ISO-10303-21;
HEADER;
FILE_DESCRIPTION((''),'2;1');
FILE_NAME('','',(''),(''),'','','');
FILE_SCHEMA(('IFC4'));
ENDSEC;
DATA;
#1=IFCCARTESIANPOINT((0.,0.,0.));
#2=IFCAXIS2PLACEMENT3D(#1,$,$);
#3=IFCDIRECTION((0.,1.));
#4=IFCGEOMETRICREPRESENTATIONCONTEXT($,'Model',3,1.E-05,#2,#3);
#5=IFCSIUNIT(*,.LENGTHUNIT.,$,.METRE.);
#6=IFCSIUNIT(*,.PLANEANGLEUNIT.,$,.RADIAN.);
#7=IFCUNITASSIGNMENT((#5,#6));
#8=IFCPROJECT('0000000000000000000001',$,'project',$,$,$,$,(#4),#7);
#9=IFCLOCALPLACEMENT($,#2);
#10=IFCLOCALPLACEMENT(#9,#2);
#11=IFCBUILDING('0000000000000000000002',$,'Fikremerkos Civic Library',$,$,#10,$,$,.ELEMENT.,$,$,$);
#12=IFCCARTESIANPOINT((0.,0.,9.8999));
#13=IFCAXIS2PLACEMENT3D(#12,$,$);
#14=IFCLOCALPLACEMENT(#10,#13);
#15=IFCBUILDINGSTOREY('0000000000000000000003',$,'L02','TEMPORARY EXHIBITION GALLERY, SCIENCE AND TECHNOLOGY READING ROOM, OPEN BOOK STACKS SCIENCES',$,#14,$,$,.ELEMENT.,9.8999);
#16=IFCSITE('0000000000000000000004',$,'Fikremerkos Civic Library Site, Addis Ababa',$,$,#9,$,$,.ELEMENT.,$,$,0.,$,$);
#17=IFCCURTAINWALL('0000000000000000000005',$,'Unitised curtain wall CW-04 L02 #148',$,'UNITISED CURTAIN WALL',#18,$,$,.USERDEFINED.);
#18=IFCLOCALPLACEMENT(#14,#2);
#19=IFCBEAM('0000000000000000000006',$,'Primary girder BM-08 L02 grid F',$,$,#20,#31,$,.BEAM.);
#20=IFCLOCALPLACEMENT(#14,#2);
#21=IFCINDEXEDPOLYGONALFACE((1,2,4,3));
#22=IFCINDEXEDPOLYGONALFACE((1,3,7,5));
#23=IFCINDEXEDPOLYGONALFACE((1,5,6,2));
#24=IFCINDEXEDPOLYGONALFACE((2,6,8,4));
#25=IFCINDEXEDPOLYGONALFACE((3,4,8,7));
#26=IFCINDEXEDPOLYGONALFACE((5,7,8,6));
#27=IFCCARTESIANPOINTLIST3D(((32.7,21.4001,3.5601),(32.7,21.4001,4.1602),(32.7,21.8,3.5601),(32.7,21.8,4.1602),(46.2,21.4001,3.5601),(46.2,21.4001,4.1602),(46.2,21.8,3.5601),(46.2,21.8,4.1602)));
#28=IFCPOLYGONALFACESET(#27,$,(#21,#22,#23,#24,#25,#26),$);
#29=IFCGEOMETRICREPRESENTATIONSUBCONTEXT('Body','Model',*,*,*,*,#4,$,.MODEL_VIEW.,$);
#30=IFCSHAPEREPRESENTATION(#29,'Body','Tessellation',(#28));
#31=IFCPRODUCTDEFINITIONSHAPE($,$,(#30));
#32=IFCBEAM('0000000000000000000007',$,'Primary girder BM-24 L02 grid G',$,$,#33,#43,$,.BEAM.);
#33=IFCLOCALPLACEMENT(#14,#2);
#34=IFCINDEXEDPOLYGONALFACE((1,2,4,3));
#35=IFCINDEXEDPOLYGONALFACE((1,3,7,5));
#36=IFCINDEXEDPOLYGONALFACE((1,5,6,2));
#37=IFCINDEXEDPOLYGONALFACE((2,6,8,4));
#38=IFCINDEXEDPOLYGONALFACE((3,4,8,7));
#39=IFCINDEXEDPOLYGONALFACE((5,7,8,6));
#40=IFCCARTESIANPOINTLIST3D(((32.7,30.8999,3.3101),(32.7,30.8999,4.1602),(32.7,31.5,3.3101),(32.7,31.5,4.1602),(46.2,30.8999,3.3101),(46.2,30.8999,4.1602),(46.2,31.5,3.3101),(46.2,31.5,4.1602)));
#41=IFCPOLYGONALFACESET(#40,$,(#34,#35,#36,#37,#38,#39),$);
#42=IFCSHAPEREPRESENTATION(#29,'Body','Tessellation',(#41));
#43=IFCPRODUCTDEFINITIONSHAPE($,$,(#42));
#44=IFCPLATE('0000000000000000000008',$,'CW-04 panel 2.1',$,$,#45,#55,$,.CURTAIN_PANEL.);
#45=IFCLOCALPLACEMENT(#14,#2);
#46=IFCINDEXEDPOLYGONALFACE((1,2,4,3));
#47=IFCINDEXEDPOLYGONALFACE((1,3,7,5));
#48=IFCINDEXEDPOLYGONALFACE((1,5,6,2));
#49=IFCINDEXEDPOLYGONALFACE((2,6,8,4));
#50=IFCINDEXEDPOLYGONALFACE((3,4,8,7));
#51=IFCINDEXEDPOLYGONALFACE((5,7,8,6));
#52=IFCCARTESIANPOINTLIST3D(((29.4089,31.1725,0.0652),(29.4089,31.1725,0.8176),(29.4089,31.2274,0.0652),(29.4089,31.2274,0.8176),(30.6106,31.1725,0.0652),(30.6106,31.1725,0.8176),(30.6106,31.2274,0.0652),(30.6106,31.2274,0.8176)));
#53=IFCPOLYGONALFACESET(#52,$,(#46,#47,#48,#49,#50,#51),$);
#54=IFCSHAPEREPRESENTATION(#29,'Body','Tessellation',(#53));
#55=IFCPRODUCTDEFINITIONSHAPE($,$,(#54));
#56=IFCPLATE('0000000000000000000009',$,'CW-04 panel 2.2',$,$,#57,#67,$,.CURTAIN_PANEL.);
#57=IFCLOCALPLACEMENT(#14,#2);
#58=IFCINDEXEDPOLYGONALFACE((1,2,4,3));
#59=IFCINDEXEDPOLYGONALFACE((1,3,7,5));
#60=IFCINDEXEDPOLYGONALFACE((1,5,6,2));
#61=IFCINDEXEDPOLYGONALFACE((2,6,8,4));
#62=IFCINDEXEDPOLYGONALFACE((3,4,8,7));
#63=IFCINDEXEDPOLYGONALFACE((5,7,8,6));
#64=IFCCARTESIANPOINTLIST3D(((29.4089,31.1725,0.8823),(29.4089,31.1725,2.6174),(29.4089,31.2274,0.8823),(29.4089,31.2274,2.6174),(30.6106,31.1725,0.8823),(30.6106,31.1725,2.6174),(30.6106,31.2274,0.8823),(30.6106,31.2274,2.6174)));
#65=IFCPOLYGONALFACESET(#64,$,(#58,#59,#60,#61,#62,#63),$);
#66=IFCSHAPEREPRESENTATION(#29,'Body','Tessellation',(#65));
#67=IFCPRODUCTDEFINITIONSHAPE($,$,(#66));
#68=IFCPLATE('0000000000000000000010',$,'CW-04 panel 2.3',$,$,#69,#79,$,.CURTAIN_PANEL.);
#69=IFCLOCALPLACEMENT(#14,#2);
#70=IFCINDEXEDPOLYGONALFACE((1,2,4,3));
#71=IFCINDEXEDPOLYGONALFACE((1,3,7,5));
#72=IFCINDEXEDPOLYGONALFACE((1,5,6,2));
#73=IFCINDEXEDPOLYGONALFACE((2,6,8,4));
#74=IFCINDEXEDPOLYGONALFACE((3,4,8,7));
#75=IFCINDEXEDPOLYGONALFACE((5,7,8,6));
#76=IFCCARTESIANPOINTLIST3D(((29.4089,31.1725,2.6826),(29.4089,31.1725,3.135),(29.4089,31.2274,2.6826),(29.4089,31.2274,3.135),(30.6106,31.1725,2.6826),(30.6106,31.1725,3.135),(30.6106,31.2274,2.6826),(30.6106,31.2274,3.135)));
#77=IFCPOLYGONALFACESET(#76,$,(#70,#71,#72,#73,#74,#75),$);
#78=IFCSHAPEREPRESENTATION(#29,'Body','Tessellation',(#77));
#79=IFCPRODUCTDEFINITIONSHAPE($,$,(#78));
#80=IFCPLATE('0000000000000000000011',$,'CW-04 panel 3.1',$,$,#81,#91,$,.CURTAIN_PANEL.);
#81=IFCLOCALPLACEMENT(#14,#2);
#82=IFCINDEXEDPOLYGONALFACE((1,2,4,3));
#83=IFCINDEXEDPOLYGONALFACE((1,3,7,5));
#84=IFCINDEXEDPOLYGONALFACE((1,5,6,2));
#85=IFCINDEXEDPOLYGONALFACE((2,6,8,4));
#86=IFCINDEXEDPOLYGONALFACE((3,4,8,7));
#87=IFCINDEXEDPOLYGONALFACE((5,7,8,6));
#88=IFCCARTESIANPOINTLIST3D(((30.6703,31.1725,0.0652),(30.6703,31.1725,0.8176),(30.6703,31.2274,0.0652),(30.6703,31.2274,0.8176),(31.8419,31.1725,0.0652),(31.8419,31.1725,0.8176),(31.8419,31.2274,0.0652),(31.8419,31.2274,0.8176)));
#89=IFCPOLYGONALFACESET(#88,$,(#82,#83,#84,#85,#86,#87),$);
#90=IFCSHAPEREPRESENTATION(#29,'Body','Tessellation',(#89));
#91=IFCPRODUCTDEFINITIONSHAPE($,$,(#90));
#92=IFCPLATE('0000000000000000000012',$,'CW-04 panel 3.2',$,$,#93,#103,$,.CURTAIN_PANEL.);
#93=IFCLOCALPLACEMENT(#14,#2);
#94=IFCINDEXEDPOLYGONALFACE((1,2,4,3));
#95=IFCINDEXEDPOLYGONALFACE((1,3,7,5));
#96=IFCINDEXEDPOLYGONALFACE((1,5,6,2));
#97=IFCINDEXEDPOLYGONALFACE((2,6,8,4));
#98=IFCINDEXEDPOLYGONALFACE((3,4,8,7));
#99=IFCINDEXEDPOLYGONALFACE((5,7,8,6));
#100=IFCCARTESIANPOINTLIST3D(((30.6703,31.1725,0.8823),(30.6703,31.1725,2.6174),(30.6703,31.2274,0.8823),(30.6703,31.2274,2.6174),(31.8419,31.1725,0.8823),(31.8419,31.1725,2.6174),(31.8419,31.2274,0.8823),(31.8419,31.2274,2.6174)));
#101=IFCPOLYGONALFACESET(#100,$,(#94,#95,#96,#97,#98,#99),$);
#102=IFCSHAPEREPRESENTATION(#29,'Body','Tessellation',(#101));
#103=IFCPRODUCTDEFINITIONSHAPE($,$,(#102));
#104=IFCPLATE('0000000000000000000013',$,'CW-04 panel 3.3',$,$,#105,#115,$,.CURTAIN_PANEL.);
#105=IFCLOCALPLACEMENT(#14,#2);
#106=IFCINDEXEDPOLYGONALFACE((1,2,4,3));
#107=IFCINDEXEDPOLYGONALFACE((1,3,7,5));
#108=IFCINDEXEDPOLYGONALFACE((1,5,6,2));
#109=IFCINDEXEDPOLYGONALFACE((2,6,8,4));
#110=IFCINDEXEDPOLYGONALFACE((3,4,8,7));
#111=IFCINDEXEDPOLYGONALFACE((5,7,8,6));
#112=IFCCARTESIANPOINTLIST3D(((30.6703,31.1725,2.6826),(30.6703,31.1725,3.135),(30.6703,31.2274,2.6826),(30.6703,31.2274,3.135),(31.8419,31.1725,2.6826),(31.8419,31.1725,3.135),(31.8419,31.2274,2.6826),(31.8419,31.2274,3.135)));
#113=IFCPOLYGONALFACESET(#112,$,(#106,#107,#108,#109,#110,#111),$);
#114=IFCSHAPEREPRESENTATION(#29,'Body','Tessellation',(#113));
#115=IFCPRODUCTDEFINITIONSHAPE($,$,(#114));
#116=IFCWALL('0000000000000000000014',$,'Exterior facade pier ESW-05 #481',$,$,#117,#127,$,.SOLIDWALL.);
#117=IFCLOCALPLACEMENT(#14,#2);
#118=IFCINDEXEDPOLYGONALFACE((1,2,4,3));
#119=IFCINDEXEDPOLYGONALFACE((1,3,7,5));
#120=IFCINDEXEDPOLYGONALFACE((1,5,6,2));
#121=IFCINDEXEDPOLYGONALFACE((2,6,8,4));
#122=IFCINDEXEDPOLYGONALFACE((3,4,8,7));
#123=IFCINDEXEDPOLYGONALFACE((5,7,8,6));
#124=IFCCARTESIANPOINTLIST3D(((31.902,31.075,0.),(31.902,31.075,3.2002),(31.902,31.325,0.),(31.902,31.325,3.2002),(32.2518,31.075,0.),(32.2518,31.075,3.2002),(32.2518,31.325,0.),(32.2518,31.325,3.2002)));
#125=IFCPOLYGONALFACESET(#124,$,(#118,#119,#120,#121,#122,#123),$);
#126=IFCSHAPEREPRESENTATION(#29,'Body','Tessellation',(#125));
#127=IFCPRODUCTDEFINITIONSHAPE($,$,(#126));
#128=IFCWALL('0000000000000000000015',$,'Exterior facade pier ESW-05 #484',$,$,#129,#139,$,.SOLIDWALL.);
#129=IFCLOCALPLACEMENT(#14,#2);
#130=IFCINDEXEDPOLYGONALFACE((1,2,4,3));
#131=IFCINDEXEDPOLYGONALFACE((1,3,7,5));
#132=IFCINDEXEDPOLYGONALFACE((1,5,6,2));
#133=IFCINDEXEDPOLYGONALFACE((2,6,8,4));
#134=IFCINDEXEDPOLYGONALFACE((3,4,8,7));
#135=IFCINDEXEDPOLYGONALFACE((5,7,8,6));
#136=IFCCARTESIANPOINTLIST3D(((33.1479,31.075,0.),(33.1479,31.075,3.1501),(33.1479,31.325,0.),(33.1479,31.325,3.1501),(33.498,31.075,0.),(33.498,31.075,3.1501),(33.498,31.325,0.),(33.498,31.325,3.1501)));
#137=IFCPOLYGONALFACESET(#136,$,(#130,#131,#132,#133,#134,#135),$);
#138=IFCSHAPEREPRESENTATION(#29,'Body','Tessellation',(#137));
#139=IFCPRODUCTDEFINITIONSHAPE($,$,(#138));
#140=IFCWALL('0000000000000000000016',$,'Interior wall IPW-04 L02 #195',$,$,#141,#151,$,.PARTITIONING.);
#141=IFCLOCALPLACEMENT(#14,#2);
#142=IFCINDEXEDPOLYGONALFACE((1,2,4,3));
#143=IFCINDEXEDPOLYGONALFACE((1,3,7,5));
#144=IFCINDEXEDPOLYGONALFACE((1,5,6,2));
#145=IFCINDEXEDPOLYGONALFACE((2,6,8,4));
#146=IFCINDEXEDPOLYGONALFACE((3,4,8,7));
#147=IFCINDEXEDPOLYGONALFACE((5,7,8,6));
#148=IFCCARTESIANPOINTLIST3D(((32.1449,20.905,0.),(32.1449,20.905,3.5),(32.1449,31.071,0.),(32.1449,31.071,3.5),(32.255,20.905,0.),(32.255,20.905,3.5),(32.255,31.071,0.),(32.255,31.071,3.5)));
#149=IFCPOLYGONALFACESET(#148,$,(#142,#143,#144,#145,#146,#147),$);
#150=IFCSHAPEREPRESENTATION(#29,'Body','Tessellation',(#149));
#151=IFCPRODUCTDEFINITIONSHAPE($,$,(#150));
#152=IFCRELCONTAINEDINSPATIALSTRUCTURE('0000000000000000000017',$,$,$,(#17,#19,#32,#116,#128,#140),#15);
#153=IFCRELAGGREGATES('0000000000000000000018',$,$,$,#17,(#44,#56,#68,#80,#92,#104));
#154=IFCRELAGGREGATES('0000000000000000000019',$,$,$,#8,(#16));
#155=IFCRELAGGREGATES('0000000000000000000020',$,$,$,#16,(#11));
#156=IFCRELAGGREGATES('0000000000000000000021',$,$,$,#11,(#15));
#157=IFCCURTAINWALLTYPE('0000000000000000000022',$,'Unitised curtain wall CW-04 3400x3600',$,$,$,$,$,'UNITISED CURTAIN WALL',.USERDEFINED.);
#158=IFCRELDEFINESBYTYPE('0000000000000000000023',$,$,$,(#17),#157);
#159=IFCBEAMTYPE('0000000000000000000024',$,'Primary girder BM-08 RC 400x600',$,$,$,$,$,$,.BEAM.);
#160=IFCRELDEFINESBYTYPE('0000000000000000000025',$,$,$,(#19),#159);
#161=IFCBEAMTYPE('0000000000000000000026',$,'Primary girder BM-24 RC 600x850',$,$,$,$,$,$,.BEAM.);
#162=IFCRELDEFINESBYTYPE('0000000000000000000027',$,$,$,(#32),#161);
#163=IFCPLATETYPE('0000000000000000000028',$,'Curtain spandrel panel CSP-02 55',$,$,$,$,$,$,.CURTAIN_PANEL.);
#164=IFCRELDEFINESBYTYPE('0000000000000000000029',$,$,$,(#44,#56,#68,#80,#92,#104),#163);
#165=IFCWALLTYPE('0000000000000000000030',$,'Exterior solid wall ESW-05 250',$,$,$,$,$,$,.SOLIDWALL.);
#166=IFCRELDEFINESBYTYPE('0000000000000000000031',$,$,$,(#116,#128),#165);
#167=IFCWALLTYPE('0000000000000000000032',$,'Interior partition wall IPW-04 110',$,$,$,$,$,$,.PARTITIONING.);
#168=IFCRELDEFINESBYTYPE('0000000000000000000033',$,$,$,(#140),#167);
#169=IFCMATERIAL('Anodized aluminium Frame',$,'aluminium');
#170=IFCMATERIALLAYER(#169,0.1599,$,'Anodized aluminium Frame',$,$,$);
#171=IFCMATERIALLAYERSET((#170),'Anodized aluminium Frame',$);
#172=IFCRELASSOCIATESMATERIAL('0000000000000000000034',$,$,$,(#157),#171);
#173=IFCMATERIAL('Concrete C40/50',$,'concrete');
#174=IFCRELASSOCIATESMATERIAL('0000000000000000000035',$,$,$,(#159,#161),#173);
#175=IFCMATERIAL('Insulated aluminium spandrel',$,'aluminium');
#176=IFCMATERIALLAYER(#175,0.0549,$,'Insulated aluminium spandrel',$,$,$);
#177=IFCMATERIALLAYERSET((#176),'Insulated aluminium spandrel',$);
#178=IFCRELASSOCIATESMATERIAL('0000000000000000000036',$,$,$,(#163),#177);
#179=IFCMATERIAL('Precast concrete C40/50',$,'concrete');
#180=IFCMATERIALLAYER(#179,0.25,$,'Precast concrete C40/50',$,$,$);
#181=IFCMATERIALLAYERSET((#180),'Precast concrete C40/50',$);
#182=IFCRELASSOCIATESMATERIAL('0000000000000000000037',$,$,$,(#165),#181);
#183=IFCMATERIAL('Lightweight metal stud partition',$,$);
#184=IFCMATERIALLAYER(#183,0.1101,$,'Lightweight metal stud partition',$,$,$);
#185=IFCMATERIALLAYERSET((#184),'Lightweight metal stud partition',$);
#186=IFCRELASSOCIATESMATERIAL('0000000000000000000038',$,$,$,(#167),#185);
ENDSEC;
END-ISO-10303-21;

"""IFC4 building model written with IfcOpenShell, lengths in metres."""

from ifc_helpers import new_model, si_unit, direction, frame, frame_2d, origin, origin_2d, place, context, subcontext, project, spatial, rectangle, extrude, material, layer, layer_set, material_profile, profile_set, type_object, element, aggregate, save


model = new_model("IFC4")

# Units and contexts
model_context = context("Model", 3, precision=1e-05, world=origin(), true_north=direction((0.0, 1.0)))
body_context = subcontext(model_context, "Body", "Model", "MODEL_VIEW")
ifc_project = project(units=[si_unit("LENGTHUNIT", "METRE"), si_unit("PLANEANGLEUNIT", "RADIAN")], contexts=[model_context])

# Site, building, storey
site_placement = place(None, origin())
site = spatial("IfcSite", under=ifc_project, at=site_placement, Name="Fikremerkos Civic Library Site, Addis Ababa", CompositionType="ELEMENT", RefElevation=0.0)
building_placement = place(site_placement, origin())
building = spatial("IfcBuilding", under=site, at=building_placement, Name="Fikremerkos Civic Library", CompositionType="ELEMENT")
storey_placement = place(building_placement, frame((0.0, 0.0, 9.8999)))
storey = spatial("IfcBuildingStorey", under=building, at=storey_placement, Name="L02", Description="TEMPORARY EXHIBITION GALLERY, SCIENCE AND TECHNOLOGY READING ROOM, OPEN BOOK STACKS SCIENCES", CompositionType="ELEMENT", Elevation=9.8999)

# Shared definitions
ifc_material_1 = material(Name="Concrete C40/50", Category="concrete")

# Shared definitions
ifc_material_2 = material(Name="Anodized aluminium Frame", Category="aluminium")

# Curtain wall
ifc_layer_1 = layer(ifc_material_2, 0.1599, Name="Anodized aluminium Frame")
ifc_layer_set_1 = layer_set([ifc_layer_1], Name="Anodized aluminium Frame")
curtain_wall_type_1 = type_object("IfcCurtainWallType", Name="Unitised curtain wall CW-04 3400x3600", ElementType="UNITISED CURTAIN WALL", PredefinedType="USERDEFINED", material=ifc_layer_set_1)
curtain_wall_1_placement = place(storey_placement, origin())
curtain_wall_1 = element("IfcCurtainWall", 1, at=curtain_wall_1_placement, inside=storey, type_object=curtain_wall_type_1, Name="Unitised curtain wall CW-04 L02 #148", ObjectType="UNITISED CURTAIN WALL", PredefinedType="USERDEFINED")

# Beams
ifc_material_profile_1 = material_profile(ifc_material_1, rectangle(XDim=0.3999, YDim=0.6001, at=origin_2d()), Name="RC 400x600")
ifc_profile_set_1 = profile_set([ifc_material_profile_1], Name="Concrete C40/50")
beam_type_1 = type_object("IfcBeamType", Name="Primary girder BM-08 RC 400x600", PredefinedType="BEAM", material=ifc_profile_set_1)
beam_1_placement = place(storey_placement, frame((32.7, 21.6001, 3.8601), z_axis=(1.0, 0.0, 0.0), x_axis=(0.0, 1.0, 0.0)))
element("IfcBeam", 2, at=beam_1_placement, inside=storey, type_object=beam_type_1, Name="Primary girder BM-08 L02 grid F", PredefinedType="BEAM", context=body_context, shape_type="SweptSolid", body=[
    extrude(rectangle(XDim=0.3999, YDim=0.6001, at=origin_2d()), origin(), (0.0, 0.0, 1.0), 13.5),
])
ifc_material_profile_2 = material_profile(ifc_material_1, rectangle(XDim=0.6001, YDim=0.8501, at=origin_2d()), Name="RC 600x850")
ifc_profile_set_2 = profile_set([ifc_material_profile_2], Name="Concrete C40/50")
beam_type_2 = type_object("IfcBeamType", Name="Primary girder BM-24 RC 600x850", PredefinedType="BEAM", material=ifc_profile_set_2)
beam_2_placement = place(storey_placement, frame((32.7, 31.2, 3.7351), z_axis=(1.0, 0.0, 0.0), x_axis=(0.0, 1.0, 0.0)))
element("IfcBeam", 3, at=beam_2_placement, inside=storey, type_object=beam_type_2, Name="Primary girder BM-24 L02 grid G", PredefinedType="BEAM", context=body_context, shape_type="SweptSolid", body=[
    extrude(rectangle(XDim=0.6001, YDim=0.8501, at=origin_2d()), origin(), (0.0, 0.0, 1.0), 13.5),
])

# Plates
ifc_material_3 = material(Name="Insulated aluminium spandrel", Category="aluminium")
ifc_layer_2 = layer(ifc_material_3, 0.0549, Name="Insulated aluminium spandrel")
ifc_layer_set_2 = layer_set([ifc_layer_2], Name="Insulated aluminium spandrel")
plate_type = type_object("IfcPlateType", Name="Curtain spandrel panel CSP-02 55", PredefinedType="CURTAIN_PANEL", material=ifc_layer_set_2)
plate_1_placement = place(storey_placement, frame((30.0098, 31.2, 0.0652), z_axis=(0.0, 0.0, 1.0), x_axis=(1.0, 0.0, 0.0)))
plate_1 = element("IfcPlate", 4, at=plate_1_placement, type_object=plate_type, Name="CW-04 panel 2.1", PredefinedType="CURTAIN_PANEL", context=body_context, shape_type="SweptSolid", body=[
    extrude(rectangle(XDim=1.2017, YDim=0.0549, at=origin_2d()), origin(), (0.0, 0.0, 1.0), 0.7524),
])
plate_2_placement = place(storey_placement, frame((30.0098, 31.2, 0.8823), z_axis=(0.0, 0.0, 1.0), x_axis=(1.0, 0.0, 0.0)))
plate_2 = element("IfcPlate", 5, at=plate_2_placement, type_object=plate_type, Name="CW-04 panel 2.2", PredefinedType="CURTAIN_PANEL", context=body_context, shape_type="SweptSolid", body=[
    extrude(rectangle(XDim=1.2017, YDim=0.0549, at=origin_2d()), origin(), (0.0, 0.0, 1.0), 1.7351),
])
plate_3_placement = place(storey_placement, frame((30.0098, 31.2, 2.6826), z_axis=(0.0, 0.0, 1.0), x_axis=(1.0, 0.0, 0.0)))
plate_3 = element("IfcPlate", 6, at=plate_3_placement, type_object=plate_type, Name="CW-04 panel 2.3", PredefinedType="CURTAIN_PANEL", context=body_context, shape_type="SweptSolid", body=[
    extrude(rectangle(XDim=1.2017, YDim=0.0549, at=origin_2d()), origin(), (0.0, 0.0, 1.0), 0.4524),
])
plate_4_placement = place(storey_placement, frame((31.2561, 31.2, 0.0652), z_axis=(0.0, 0.0, 1.0), x_axis=(1.0, 0.0, 0.0)))
plate_4 = element("IfcPlate", 7, at=plate_4_placement, type_object=plate_type, Name="CW-04 panel 3.1", PredefinedType="CURTAIN_PANEL", context=body_context, shape_type="SweptSolid", body=[
    extrude(rectangle(XDim=1.1716, YDim=0.0549, at=origin_2d()), origin(), (0.0, 0.0, 1.0), 0.7524),
])
plate_5_placement = place(storey_placement, frame((31.2561, 31.2, 0.8823), z_axis=(0.0, 0.0, 1.0), x_axis=(1.0, 0.0, 0.0)))
plate_5 = element("IfcPlate", 8, at=plate_5_placement, type_object=plate_type, Name="CW-04 panel 3.2", PredefinedType="CURTAIN_PANEL", context=body_context, shape_type="SweptSolid", body=[
    extrude(rectangle(XDim=1.1716, YDim=0.0549, at=origin_2d()), origin(), (0.0, 0.0, 1.0), 1.7351),
])
plate_6_placement = place(storey_placement, frame((31.2561, 31.2, 2.6826), z_axis=(0.0, 0.0, 1.0), x_axis=(1.0, 0.0, 0.0)))
plate_6 = element("IfcPlate", 9, at=plate_6_placement, type_object=plate_type, Name="CW-04 panel 3.3", PredefinedType="CURTAIN_PANEL", context=body_context, shape_type="SweptSolid", body=[
    extrude(rectangle(XDim=1.1716, YDim=0.0549, at=origin_2d()), origin(), (0.0, 0.0, 1.0), 0.4524),
])
aggregate(curtain_wall_1, [plate_1, plate_2, plate_3, plate_4, plate_5, plate_6])

# Walls
ifc_material_4 = material(Name="Precast concrete C40/50", Category="concrete")
ifc_layer_3 = layer(ifc_material_4, 0.25, Name="Precast concrete C40/50")
ifc_layer_set_3 = layer_set([ifc_layer_3], Name="Precast concrete C40/50")
wall_type_1 = type_object("IfcWallType", Name="Exterior solid wall ESW-05 250", PredefinedType="SOLIDWALL", material=ifc_layer_set_3)
wall_1_placement = place(storey_placement, frame((31.9021, 31.2, 0.0), z_axis=(0.0, 0.0, 1.0), x_axis=(1.0, 0.0, 0.0)))
element("IfcWall", 10, at=wall_1_placement, inside=storey, type_object=wall_type_1, Name="Exterior facade pier ESW-05 #481", PredefinedType="SOLIDWALL", context=body_context, shape_type="SweptSolid", body=[
    extrude(rectangle(XDim=0.3499, YDim=0.25, at=frame_2d((0.1748, 0.0))), origin(), (0.0, 0.0, 1.0), 3.2002),
])
wall_2_placement = place(storey_placement, frame((33.1479, 31.2, 0.0), z_axis=(0.0, 0.0, 1.0), x_axis=(1.0, 0.0, 0.0)))
element("IfcWall", 11, at=wall_2_placement, inside=storey, type_object=wall_type_1, Name="Exterior facade pier ESW-05 #484", PredefinedType="SOLIDWALL", context=body_context, shape_type="SweptSolid", body=[
    extrude(rectangle(XDim=0.3501, YDim=0.25, at=frame_2d((0.175, 0.0))), origin(), (0.0, 0.0, 1.0), 3.1501),
])
ifc_material_5 = material(Name="Lightweight metal stud partition")
ifc_layer_4 = layer(ifc_material_5, 0.1101, Name="Lightweight metal stud partition")
ifc_layer_set_4 = layer_set([ifc_layer_4], Name="Lightweight metal stud partition")
wall_type_2 = type_object("IfcWallType", Name="Interior partition wall IPW-04 110", PredefinedType="PARTITIONING", material=ifc_layer_set_4)
wall_3_placement = place(storey_placement, frame((32.2, 20.905, 0.0), z_axis=(0.0, 0.0, 1.0), x_axis=(0.0, 1.0, 0.0)))
element("IfcWall", 12, at=wall_3_placement, inside=storey, type_object=wall_type_2, Name="Interior wall IPW-04 L02 #195", PredefinedType="PARTITIONING", context=body_context, shape_type="SweptSolid", body=[
    extrude(rectangle(XDim=10.166, YDim=0.1101, at=frame_2d((5.083, 0.0))), origin(), (0.0, 0.0, 1.0), 3.5),
])

save(model, "model.ifc")
